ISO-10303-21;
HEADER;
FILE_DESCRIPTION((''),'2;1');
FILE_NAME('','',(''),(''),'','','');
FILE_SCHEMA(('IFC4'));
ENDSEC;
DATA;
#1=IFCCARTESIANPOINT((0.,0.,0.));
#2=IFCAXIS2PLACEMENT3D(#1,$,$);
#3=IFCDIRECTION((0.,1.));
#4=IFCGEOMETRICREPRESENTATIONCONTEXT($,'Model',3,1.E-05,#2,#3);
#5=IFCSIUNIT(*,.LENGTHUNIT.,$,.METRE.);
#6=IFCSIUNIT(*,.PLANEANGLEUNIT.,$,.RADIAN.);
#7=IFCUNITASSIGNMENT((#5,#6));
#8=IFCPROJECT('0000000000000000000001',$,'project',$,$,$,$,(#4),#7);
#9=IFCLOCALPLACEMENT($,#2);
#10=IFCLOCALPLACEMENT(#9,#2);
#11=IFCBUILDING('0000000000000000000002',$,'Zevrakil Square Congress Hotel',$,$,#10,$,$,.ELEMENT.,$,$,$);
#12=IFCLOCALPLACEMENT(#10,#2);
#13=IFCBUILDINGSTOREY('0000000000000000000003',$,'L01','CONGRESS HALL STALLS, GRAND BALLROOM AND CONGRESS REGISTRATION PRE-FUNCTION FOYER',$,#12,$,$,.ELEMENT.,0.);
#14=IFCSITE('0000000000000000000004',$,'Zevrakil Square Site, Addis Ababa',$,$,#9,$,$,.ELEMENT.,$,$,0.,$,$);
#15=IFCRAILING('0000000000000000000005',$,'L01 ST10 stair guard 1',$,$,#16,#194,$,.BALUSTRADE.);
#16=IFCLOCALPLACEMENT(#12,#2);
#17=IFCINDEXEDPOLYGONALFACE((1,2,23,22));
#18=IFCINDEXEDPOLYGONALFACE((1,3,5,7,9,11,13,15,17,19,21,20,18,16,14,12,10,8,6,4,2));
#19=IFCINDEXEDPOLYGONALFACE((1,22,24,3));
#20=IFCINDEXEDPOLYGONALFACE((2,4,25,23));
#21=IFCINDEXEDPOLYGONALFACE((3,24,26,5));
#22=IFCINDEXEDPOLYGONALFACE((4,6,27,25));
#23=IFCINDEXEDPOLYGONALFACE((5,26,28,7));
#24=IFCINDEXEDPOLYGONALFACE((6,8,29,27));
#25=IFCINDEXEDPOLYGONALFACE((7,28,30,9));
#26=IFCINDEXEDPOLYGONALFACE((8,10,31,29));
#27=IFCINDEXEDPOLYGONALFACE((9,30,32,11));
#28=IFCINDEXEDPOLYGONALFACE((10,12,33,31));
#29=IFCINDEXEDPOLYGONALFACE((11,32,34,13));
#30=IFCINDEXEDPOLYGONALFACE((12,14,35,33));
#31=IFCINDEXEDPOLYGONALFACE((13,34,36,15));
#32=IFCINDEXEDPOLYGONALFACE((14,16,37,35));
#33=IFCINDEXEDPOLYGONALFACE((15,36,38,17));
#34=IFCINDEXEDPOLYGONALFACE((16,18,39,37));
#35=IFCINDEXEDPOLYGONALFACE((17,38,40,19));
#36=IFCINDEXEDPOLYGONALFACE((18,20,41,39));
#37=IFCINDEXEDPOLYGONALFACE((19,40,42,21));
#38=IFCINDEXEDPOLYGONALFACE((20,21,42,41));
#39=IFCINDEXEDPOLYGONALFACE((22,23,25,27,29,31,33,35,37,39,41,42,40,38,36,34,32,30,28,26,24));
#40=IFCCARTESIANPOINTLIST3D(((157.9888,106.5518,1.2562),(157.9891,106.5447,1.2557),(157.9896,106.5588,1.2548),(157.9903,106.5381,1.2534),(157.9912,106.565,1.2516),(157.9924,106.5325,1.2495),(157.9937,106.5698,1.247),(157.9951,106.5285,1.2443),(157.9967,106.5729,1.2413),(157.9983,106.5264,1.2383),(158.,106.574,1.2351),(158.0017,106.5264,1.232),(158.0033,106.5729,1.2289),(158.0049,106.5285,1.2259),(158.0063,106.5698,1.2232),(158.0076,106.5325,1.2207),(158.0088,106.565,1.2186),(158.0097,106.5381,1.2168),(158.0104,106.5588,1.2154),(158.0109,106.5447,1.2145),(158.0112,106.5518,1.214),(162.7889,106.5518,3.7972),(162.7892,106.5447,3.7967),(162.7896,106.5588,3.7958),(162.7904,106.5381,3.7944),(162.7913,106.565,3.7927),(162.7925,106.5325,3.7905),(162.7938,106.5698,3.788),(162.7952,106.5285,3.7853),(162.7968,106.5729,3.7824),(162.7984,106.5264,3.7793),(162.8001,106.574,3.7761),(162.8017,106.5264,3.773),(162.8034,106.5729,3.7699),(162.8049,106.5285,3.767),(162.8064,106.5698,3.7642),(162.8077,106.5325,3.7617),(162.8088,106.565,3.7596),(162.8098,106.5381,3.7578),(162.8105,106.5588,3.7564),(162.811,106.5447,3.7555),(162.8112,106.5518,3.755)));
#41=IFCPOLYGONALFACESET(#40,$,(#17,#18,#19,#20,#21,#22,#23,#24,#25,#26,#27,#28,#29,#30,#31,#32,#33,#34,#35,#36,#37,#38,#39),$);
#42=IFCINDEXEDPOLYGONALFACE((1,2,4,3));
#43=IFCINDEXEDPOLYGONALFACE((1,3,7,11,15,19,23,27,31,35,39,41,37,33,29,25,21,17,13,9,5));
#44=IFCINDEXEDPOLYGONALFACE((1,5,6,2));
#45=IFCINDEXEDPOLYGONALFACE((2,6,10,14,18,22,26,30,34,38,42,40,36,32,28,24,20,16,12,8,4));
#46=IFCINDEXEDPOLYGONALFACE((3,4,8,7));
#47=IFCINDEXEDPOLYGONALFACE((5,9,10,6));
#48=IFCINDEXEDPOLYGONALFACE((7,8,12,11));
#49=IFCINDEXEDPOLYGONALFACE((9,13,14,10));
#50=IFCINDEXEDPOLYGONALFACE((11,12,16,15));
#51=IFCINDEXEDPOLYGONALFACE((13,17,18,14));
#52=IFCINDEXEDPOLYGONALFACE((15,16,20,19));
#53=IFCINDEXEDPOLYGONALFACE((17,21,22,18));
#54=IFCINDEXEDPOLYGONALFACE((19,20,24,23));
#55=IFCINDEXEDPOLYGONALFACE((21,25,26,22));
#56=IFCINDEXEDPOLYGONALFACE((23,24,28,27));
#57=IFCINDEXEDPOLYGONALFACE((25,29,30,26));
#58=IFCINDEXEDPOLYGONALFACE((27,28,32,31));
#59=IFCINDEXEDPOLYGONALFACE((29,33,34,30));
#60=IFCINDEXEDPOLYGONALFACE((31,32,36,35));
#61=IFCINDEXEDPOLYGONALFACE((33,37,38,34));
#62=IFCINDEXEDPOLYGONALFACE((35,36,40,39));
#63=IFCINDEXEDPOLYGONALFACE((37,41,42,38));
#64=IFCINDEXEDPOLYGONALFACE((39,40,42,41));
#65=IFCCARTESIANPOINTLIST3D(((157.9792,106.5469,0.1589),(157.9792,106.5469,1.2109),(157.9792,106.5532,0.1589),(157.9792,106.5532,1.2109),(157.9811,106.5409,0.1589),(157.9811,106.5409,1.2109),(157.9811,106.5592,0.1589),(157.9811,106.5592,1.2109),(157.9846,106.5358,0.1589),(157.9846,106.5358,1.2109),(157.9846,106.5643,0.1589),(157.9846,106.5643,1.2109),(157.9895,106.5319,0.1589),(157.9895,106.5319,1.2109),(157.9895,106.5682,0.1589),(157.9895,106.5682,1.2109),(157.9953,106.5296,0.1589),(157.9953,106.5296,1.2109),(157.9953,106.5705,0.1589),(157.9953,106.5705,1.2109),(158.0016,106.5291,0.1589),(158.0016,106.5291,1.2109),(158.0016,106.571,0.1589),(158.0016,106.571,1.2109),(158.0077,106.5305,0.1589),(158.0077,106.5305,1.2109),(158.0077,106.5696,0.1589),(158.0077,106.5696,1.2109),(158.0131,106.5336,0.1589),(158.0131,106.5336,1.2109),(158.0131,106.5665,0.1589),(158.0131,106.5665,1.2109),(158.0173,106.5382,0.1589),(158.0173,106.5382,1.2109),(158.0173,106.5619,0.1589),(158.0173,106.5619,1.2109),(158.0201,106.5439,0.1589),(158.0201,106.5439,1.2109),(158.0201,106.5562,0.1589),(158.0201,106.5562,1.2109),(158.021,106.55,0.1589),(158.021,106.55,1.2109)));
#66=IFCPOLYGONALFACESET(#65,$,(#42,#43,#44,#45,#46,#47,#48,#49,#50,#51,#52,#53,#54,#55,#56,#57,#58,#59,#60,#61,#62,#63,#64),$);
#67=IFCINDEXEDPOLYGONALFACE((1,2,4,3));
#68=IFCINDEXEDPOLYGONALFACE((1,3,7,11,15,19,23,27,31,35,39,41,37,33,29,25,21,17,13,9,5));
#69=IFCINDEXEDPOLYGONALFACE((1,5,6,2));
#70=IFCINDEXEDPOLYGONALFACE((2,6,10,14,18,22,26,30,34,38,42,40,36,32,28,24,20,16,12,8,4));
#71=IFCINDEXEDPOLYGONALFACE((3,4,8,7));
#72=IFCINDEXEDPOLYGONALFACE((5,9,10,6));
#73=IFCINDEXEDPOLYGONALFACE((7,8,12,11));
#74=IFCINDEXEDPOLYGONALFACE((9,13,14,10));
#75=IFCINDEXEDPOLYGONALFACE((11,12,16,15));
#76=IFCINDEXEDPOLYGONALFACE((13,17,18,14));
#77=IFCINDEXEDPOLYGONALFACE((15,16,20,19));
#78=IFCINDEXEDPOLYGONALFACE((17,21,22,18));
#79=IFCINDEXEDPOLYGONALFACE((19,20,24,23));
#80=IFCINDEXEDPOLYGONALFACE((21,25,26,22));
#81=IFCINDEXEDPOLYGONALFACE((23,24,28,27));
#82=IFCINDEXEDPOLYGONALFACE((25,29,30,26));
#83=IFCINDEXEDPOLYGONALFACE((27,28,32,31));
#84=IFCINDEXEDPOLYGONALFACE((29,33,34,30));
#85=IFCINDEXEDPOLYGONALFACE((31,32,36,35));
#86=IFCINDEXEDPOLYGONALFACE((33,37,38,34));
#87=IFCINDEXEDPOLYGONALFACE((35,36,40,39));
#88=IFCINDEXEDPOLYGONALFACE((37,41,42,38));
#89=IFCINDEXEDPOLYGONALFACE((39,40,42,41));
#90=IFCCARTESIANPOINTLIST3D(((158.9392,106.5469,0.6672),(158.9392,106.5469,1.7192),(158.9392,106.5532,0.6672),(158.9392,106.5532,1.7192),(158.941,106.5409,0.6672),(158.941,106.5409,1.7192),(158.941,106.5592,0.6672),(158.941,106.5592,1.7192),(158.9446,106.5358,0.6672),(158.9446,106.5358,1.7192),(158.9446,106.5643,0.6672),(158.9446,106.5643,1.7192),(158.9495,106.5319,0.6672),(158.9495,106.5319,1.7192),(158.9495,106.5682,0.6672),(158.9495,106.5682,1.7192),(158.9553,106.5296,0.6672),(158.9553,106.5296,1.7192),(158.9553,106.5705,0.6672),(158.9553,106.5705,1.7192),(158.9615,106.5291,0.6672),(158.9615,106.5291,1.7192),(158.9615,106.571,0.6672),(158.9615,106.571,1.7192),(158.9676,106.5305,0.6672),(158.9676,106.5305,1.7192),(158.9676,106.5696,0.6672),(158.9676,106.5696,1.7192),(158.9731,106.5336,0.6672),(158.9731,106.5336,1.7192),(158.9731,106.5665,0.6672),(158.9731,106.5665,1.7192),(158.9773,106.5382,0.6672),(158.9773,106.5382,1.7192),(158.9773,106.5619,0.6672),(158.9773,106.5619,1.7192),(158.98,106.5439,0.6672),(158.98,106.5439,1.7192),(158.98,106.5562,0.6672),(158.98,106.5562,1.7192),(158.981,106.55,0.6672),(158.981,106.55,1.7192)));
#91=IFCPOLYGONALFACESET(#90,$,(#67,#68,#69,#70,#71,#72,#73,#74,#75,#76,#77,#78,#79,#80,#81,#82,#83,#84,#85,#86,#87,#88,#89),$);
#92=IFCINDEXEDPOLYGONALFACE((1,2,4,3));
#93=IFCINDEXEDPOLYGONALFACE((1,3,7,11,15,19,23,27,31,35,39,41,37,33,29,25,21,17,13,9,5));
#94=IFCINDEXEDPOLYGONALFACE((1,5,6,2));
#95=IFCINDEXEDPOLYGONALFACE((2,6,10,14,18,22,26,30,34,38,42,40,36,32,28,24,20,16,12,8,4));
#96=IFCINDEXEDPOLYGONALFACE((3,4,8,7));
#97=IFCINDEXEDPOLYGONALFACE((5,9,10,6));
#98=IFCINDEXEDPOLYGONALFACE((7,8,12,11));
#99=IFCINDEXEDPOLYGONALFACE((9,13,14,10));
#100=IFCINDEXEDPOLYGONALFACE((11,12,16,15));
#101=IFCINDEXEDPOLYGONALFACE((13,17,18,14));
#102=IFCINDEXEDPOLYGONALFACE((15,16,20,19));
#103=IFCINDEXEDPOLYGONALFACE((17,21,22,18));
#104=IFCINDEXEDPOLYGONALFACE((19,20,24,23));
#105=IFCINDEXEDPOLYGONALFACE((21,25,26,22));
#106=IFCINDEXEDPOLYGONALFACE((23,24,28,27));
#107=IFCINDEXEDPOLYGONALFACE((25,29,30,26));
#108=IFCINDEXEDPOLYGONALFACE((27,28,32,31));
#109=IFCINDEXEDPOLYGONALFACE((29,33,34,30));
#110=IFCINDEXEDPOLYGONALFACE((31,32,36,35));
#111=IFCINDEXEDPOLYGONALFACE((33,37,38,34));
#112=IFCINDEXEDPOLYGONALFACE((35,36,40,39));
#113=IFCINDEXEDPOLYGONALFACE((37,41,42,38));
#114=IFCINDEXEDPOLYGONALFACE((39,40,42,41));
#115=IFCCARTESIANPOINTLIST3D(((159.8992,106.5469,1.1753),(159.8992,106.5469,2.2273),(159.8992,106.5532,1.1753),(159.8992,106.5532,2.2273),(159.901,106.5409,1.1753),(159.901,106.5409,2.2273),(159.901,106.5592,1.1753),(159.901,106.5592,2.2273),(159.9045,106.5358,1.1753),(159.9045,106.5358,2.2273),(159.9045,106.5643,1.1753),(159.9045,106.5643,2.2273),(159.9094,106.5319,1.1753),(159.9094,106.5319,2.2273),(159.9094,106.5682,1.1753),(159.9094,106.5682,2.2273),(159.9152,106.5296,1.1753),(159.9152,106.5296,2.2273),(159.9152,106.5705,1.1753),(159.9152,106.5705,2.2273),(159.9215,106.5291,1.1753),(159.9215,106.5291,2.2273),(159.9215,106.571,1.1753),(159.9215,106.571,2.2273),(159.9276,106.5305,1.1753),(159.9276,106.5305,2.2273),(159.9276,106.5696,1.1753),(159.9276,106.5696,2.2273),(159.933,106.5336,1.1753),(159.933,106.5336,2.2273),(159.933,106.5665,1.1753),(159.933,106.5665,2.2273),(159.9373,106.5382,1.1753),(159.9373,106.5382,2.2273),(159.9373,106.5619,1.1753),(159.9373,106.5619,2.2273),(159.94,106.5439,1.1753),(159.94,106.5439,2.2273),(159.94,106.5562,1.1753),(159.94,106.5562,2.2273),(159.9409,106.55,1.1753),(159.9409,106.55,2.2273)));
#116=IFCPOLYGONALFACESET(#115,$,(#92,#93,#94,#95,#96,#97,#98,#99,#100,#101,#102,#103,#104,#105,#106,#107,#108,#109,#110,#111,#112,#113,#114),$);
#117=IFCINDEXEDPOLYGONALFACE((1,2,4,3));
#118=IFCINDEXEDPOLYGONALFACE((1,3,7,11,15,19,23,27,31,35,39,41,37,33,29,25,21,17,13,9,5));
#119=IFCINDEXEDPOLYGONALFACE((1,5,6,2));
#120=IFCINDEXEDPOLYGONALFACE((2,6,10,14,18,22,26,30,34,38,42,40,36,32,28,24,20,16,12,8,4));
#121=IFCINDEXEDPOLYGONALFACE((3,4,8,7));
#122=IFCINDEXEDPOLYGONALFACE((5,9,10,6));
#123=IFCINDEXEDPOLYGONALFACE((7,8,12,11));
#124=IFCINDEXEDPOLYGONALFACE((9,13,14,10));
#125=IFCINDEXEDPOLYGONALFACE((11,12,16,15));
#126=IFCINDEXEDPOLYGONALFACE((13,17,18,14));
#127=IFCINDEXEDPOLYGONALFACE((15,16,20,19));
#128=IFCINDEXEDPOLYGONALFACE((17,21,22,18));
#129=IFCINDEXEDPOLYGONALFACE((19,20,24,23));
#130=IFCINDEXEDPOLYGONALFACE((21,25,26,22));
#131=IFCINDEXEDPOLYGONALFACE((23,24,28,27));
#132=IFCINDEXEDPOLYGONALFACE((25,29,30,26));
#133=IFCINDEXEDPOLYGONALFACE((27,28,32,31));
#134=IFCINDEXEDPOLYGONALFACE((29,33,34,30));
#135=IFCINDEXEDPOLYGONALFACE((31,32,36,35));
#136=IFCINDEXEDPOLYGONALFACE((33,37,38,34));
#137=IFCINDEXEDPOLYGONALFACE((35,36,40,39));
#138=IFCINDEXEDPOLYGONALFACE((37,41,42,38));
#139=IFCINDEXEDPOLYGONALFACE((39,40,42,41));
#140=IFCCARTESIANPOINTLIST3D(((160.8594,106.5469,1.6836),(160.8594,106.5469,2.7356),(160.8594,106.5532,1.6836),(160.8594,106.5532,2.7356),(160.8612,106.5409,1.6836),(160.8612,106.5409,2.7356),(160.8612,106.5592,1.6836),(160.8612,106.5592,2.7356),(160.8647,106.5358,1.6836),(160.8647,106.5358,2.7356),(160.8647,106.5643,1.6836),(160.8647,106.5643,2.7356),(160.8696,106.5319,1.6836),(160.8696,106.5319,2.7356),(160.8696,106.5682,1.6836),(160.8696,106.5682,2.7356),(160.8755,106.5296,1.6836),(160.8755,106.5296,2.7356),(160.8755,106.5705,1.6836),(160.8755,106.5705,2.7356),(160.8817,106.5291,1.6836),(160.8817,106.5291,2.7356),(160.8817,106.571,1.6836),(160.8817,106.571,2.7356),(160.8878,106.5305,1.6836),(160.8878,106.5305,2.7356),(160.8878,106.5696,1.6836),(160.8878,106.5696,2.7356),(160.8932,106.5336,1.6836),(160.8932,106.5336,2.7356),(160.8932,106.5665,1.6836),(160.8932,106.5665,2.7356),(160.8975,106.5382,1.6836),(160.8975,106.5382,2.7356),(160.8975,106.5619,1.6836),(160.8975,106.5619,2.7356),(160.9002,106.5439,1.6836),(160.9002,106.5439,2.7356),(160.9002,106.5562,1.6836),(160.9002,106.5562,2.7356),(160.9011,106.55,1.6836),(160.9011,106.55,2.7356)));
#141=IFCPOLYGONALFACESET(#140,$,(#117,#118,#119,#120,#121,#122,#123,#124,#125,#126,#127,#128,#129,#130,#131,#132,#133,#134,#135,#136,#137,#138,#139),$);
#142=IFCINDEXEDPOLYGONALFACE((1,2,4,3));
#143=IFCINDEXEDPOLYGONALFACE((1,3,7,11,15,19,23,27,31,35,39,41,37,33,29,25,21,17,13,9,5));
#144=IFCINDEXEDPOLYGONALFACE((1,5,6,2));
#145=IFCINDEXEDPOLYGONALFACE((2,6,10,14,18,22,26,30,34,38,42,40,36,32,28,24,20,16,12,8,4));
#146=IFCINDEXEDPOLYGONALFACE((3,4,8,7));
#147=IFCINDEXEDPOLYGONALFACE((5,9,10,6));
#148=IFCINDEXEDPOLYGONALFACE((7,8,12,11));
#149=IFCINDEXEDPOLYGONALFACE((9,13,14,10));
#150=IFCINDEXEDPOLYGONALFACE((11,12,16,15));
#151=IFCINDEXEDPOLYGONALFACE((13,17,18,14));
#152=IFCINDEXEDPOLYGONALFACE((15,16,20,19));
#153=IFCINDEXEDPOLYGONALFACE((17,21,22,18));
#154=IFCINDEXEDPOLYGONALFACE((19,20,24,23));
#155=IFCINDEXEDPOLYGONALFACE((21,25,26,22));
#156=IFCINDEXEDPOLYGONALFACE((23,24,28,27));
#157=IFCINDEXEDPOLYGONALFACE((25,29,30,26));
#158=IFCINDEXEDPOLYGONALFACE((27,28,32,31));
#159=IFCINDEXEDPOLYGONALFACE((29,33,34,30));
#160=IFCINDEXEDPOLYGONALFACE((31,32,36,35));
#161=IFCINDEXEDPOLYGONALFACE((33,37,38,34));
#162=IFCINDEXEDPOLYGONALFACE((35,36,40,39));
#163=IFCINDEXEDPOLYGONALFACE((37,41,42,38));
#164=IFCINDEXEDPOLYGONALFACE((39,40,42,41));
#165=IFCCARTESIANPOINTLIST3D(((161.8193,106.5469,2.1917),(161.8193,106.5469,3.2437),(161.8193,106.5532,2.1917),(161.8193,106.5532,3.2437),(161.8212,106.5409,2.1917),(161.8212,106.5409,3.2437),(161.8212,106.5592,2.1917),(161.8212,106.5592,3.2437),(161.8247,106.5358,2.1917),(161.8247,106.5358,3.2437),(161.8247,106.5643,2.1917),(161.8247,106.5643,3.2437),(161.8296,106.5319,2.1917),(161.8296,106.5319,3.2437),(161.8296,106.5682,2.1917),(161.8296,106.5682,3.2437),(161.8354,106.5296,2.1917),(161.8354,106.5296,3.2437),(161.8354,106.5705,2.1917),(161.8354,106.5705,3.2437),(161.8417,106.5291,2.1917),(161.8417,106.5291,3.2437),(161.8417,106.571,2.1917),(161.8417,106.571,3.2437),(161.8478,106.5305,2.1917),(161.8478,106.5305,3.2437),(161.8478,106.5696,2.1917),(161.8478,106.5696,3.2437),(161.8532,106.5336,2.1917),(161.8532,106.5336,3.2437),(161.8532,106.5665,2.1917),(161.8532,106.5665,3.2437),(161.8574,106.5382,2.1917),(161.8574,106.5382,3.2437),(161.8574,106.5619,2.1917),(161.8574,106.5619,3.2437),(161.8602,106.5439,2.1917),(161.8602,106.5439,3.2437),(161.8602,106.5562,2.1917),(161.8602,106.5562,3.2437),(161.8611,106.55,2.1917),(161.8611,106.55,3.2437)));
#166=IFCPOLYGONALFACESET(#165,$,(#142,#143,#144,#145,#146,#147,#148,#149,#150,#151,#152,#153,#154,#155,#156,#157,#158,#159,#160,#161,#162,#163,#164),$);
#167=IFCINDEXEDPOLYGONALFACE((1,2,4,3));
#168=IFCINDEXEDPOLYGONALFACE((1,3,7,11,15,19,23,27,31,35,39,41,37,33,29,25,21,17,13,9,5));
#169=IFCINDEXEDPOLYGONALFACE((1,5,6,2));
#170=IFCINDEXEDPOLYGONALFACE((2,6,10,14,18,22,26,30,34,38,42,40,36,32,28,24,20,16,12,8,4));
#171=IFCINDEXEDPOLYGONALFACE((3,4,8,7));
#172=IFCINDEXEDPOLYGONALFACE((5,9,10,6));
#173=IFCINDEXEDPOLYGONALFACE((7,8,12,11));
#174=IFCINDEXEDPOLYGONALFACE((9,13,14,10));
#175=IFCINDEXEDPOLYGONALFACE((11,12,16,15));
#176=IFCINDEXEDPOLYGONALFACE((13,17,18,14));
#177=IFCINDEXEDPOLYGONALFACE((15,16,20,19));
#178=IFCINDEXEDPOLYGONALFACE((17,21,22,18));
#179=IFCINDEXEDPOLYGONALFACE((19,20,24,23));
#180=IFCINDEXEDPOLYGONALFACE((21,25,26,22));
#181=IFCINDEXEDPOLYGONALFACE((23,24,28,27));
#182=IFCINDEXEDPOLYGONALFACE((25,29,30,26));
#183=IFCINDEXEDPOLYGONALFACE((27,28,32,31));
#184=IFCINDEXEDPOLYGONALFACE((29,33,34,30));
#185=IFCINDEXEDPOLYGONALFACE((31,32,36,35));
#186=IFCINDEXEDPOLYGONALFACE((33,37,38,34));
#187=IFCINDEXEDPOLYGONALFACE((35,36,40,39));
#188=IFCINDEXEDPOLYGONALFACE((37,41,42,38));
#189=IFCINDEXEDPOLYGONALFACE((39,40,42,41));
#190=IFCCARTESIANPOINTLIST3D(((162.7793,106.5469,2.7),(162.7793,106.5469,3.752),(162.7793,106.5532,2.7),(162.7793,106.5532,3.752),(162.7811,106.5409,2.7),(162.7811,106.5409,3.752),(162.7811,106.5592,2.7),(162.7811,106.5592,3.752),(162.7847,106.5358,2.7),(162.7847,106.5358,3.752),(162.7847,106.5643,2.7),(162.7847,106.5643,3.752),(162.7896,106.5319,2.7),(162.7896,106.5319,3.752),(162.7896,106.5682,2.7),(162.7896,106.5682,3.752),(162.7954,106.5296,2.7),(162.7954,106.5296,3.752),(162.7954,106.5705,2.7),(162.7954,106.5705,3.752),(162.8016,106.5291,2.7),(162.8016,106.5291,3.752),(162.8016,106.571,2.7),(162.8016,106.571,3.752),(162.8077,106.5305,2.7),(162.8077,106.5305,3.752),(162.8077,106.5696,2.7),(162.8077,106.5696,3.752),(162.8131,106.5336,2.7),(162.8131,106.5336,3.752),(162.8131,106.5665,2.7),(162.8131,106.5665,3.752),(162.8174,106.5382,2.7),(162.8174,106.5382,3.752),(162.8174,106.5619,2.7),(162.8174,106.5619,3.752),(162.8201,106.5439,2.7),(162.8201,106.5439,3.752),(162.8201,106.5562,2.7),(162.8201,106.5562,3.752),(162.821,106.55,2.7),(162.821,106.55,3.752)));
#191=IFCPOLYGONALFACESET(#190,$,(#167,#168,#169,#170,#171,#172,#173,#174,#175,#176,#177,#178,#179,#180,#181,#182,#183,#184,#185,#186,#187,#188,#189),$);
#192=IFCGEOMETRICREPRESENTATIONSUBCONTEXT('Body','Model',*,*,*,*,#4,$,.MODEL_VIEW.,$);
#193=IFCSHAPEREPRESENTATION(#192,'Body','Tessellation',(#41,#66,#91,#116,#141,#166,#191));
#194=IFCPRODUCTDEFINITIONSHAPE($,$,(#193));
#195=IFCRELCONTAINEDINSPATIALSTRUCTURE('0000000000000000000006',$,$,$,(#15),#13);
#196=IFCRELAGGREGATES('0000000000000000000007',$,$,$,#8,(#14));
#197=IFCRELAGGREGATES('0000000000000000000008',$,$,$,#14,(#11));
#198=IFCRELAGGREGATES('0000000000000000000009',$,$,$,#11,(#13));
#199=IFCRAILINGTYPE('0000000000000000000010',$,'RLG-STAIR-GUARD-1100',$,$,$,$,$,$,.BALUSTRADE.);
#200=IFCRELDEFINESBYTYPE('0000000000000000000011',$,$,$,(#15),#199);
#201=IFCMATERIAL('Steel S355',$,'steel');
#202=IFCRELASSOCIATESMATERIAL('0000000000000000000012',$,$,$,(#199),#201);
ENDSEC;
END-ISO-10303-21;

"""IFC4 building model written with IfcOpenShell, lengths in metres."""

from ifc_helpers import new_model, si_unit, direction, frame, origin, origin_2d, place, context, subcontext, project, spatial, circle, extrude, material, type_object, element, save


model = new_model("IFC4")

# Units and contexts
model_context = context("Model", 3, precision=1e-05, world=origin(), true_north=direction((0.0, 1.0)))
body_context = subcontext(model_context, "Body", "Model", "MODEL_VIEW")
ifc_project = project(units=[si_unit("LENGTHUNIT", "METRE"), si_unit("PLANEANGLEUNIT", "RADIAN")], contexts=[model_context])

# Site, building, storey
site_placement = place(None, origin())
site = spatial("IfcSite", under=ifc_project, at=site_placement, Name="Zevrakil Square Site, Addis Ababa", CompositionType="ELEMENT", RefElevation=0.0)
building_placement = place(site_placement, origin())
building = spatial("IfcBuilding", under=site, at=building_placement, Name="Zevrakil Square Congress Hotel", CompositionType="ELEMENT")
storey_placement = place(building_placement, origin())
storey = spatial("IfcBuildingStorey", under=building, at=storey_placement, Name="L01", Description="CONGRESS HALL STALLS, GRAND BALLROOM AND CONGRESS REGISTRATION PRE-FUNCTION FOYER", CompositionType="ELEMENT", Elevation=0.0)

# Railing
ifc_material_1 = material(Name="Steel S355", Category="steel")
railing_type_1 = type_object("IfcRailingType", Name="RLG-STAIR-GUARD-1100", PredefinedType="BALUSTRADE", material=ifc_material_1)
railing_1_placement = place(storey_placement, frame((158.0, 106.55, 0.1589)))
element("IfcRailing", 1, at=railing_1_placement, inside=storey, type_object=railing_type_1, Name="L01 ST10 stair guard 1", PredefinedType="BALUSTRADE", context=body_context, shape_type="SweptSolid", body=[
    extrude(circle(Radius=0.0239, at=origin_2d()), frame((0.0, 0.0, 1.0762), z_axis=(0.883802, 0.0, 0.467861), x_axis=(0.0, 1.0, 0.0)), (0.0, 0.0, 1.0), 5.4312),
    extrude(circle(Radius=0.021, at=origin_2d()), origin(), (0.0, 0.0, 1.0), 1.052),
    extrude(circle(Radius=0.021, at=origin_2d()), frame((0.96, 0.0, 0.5083)), (0.0, 0.0, 1.0), 1.052),
    extrude(circle(Radius=0.021, at=origin_2d()), frame((1.9199, 0.0, 1.0164)), (0.0, 0.0, 1.0), 1.052),
    extrude(circle(Radius=0.021, at=origin_2d()), frame((2.8801, 0.0, 1.5247)), (0.0, 0.0, 1.0), 1.052),
    extrude(circle(Radius=0.021, at=origin_2d()), frame((3.8401, 0.0, 2.0327)), (0.0, 0.0, 1.0), 1.052),
    extrude(circle(Radius=0.021, at=origin_2d()), frame((4.8, 0.0, 2.541)), (0.0, 0.0, 1.0), 1.052),
])

save(model, "model.ifc")
